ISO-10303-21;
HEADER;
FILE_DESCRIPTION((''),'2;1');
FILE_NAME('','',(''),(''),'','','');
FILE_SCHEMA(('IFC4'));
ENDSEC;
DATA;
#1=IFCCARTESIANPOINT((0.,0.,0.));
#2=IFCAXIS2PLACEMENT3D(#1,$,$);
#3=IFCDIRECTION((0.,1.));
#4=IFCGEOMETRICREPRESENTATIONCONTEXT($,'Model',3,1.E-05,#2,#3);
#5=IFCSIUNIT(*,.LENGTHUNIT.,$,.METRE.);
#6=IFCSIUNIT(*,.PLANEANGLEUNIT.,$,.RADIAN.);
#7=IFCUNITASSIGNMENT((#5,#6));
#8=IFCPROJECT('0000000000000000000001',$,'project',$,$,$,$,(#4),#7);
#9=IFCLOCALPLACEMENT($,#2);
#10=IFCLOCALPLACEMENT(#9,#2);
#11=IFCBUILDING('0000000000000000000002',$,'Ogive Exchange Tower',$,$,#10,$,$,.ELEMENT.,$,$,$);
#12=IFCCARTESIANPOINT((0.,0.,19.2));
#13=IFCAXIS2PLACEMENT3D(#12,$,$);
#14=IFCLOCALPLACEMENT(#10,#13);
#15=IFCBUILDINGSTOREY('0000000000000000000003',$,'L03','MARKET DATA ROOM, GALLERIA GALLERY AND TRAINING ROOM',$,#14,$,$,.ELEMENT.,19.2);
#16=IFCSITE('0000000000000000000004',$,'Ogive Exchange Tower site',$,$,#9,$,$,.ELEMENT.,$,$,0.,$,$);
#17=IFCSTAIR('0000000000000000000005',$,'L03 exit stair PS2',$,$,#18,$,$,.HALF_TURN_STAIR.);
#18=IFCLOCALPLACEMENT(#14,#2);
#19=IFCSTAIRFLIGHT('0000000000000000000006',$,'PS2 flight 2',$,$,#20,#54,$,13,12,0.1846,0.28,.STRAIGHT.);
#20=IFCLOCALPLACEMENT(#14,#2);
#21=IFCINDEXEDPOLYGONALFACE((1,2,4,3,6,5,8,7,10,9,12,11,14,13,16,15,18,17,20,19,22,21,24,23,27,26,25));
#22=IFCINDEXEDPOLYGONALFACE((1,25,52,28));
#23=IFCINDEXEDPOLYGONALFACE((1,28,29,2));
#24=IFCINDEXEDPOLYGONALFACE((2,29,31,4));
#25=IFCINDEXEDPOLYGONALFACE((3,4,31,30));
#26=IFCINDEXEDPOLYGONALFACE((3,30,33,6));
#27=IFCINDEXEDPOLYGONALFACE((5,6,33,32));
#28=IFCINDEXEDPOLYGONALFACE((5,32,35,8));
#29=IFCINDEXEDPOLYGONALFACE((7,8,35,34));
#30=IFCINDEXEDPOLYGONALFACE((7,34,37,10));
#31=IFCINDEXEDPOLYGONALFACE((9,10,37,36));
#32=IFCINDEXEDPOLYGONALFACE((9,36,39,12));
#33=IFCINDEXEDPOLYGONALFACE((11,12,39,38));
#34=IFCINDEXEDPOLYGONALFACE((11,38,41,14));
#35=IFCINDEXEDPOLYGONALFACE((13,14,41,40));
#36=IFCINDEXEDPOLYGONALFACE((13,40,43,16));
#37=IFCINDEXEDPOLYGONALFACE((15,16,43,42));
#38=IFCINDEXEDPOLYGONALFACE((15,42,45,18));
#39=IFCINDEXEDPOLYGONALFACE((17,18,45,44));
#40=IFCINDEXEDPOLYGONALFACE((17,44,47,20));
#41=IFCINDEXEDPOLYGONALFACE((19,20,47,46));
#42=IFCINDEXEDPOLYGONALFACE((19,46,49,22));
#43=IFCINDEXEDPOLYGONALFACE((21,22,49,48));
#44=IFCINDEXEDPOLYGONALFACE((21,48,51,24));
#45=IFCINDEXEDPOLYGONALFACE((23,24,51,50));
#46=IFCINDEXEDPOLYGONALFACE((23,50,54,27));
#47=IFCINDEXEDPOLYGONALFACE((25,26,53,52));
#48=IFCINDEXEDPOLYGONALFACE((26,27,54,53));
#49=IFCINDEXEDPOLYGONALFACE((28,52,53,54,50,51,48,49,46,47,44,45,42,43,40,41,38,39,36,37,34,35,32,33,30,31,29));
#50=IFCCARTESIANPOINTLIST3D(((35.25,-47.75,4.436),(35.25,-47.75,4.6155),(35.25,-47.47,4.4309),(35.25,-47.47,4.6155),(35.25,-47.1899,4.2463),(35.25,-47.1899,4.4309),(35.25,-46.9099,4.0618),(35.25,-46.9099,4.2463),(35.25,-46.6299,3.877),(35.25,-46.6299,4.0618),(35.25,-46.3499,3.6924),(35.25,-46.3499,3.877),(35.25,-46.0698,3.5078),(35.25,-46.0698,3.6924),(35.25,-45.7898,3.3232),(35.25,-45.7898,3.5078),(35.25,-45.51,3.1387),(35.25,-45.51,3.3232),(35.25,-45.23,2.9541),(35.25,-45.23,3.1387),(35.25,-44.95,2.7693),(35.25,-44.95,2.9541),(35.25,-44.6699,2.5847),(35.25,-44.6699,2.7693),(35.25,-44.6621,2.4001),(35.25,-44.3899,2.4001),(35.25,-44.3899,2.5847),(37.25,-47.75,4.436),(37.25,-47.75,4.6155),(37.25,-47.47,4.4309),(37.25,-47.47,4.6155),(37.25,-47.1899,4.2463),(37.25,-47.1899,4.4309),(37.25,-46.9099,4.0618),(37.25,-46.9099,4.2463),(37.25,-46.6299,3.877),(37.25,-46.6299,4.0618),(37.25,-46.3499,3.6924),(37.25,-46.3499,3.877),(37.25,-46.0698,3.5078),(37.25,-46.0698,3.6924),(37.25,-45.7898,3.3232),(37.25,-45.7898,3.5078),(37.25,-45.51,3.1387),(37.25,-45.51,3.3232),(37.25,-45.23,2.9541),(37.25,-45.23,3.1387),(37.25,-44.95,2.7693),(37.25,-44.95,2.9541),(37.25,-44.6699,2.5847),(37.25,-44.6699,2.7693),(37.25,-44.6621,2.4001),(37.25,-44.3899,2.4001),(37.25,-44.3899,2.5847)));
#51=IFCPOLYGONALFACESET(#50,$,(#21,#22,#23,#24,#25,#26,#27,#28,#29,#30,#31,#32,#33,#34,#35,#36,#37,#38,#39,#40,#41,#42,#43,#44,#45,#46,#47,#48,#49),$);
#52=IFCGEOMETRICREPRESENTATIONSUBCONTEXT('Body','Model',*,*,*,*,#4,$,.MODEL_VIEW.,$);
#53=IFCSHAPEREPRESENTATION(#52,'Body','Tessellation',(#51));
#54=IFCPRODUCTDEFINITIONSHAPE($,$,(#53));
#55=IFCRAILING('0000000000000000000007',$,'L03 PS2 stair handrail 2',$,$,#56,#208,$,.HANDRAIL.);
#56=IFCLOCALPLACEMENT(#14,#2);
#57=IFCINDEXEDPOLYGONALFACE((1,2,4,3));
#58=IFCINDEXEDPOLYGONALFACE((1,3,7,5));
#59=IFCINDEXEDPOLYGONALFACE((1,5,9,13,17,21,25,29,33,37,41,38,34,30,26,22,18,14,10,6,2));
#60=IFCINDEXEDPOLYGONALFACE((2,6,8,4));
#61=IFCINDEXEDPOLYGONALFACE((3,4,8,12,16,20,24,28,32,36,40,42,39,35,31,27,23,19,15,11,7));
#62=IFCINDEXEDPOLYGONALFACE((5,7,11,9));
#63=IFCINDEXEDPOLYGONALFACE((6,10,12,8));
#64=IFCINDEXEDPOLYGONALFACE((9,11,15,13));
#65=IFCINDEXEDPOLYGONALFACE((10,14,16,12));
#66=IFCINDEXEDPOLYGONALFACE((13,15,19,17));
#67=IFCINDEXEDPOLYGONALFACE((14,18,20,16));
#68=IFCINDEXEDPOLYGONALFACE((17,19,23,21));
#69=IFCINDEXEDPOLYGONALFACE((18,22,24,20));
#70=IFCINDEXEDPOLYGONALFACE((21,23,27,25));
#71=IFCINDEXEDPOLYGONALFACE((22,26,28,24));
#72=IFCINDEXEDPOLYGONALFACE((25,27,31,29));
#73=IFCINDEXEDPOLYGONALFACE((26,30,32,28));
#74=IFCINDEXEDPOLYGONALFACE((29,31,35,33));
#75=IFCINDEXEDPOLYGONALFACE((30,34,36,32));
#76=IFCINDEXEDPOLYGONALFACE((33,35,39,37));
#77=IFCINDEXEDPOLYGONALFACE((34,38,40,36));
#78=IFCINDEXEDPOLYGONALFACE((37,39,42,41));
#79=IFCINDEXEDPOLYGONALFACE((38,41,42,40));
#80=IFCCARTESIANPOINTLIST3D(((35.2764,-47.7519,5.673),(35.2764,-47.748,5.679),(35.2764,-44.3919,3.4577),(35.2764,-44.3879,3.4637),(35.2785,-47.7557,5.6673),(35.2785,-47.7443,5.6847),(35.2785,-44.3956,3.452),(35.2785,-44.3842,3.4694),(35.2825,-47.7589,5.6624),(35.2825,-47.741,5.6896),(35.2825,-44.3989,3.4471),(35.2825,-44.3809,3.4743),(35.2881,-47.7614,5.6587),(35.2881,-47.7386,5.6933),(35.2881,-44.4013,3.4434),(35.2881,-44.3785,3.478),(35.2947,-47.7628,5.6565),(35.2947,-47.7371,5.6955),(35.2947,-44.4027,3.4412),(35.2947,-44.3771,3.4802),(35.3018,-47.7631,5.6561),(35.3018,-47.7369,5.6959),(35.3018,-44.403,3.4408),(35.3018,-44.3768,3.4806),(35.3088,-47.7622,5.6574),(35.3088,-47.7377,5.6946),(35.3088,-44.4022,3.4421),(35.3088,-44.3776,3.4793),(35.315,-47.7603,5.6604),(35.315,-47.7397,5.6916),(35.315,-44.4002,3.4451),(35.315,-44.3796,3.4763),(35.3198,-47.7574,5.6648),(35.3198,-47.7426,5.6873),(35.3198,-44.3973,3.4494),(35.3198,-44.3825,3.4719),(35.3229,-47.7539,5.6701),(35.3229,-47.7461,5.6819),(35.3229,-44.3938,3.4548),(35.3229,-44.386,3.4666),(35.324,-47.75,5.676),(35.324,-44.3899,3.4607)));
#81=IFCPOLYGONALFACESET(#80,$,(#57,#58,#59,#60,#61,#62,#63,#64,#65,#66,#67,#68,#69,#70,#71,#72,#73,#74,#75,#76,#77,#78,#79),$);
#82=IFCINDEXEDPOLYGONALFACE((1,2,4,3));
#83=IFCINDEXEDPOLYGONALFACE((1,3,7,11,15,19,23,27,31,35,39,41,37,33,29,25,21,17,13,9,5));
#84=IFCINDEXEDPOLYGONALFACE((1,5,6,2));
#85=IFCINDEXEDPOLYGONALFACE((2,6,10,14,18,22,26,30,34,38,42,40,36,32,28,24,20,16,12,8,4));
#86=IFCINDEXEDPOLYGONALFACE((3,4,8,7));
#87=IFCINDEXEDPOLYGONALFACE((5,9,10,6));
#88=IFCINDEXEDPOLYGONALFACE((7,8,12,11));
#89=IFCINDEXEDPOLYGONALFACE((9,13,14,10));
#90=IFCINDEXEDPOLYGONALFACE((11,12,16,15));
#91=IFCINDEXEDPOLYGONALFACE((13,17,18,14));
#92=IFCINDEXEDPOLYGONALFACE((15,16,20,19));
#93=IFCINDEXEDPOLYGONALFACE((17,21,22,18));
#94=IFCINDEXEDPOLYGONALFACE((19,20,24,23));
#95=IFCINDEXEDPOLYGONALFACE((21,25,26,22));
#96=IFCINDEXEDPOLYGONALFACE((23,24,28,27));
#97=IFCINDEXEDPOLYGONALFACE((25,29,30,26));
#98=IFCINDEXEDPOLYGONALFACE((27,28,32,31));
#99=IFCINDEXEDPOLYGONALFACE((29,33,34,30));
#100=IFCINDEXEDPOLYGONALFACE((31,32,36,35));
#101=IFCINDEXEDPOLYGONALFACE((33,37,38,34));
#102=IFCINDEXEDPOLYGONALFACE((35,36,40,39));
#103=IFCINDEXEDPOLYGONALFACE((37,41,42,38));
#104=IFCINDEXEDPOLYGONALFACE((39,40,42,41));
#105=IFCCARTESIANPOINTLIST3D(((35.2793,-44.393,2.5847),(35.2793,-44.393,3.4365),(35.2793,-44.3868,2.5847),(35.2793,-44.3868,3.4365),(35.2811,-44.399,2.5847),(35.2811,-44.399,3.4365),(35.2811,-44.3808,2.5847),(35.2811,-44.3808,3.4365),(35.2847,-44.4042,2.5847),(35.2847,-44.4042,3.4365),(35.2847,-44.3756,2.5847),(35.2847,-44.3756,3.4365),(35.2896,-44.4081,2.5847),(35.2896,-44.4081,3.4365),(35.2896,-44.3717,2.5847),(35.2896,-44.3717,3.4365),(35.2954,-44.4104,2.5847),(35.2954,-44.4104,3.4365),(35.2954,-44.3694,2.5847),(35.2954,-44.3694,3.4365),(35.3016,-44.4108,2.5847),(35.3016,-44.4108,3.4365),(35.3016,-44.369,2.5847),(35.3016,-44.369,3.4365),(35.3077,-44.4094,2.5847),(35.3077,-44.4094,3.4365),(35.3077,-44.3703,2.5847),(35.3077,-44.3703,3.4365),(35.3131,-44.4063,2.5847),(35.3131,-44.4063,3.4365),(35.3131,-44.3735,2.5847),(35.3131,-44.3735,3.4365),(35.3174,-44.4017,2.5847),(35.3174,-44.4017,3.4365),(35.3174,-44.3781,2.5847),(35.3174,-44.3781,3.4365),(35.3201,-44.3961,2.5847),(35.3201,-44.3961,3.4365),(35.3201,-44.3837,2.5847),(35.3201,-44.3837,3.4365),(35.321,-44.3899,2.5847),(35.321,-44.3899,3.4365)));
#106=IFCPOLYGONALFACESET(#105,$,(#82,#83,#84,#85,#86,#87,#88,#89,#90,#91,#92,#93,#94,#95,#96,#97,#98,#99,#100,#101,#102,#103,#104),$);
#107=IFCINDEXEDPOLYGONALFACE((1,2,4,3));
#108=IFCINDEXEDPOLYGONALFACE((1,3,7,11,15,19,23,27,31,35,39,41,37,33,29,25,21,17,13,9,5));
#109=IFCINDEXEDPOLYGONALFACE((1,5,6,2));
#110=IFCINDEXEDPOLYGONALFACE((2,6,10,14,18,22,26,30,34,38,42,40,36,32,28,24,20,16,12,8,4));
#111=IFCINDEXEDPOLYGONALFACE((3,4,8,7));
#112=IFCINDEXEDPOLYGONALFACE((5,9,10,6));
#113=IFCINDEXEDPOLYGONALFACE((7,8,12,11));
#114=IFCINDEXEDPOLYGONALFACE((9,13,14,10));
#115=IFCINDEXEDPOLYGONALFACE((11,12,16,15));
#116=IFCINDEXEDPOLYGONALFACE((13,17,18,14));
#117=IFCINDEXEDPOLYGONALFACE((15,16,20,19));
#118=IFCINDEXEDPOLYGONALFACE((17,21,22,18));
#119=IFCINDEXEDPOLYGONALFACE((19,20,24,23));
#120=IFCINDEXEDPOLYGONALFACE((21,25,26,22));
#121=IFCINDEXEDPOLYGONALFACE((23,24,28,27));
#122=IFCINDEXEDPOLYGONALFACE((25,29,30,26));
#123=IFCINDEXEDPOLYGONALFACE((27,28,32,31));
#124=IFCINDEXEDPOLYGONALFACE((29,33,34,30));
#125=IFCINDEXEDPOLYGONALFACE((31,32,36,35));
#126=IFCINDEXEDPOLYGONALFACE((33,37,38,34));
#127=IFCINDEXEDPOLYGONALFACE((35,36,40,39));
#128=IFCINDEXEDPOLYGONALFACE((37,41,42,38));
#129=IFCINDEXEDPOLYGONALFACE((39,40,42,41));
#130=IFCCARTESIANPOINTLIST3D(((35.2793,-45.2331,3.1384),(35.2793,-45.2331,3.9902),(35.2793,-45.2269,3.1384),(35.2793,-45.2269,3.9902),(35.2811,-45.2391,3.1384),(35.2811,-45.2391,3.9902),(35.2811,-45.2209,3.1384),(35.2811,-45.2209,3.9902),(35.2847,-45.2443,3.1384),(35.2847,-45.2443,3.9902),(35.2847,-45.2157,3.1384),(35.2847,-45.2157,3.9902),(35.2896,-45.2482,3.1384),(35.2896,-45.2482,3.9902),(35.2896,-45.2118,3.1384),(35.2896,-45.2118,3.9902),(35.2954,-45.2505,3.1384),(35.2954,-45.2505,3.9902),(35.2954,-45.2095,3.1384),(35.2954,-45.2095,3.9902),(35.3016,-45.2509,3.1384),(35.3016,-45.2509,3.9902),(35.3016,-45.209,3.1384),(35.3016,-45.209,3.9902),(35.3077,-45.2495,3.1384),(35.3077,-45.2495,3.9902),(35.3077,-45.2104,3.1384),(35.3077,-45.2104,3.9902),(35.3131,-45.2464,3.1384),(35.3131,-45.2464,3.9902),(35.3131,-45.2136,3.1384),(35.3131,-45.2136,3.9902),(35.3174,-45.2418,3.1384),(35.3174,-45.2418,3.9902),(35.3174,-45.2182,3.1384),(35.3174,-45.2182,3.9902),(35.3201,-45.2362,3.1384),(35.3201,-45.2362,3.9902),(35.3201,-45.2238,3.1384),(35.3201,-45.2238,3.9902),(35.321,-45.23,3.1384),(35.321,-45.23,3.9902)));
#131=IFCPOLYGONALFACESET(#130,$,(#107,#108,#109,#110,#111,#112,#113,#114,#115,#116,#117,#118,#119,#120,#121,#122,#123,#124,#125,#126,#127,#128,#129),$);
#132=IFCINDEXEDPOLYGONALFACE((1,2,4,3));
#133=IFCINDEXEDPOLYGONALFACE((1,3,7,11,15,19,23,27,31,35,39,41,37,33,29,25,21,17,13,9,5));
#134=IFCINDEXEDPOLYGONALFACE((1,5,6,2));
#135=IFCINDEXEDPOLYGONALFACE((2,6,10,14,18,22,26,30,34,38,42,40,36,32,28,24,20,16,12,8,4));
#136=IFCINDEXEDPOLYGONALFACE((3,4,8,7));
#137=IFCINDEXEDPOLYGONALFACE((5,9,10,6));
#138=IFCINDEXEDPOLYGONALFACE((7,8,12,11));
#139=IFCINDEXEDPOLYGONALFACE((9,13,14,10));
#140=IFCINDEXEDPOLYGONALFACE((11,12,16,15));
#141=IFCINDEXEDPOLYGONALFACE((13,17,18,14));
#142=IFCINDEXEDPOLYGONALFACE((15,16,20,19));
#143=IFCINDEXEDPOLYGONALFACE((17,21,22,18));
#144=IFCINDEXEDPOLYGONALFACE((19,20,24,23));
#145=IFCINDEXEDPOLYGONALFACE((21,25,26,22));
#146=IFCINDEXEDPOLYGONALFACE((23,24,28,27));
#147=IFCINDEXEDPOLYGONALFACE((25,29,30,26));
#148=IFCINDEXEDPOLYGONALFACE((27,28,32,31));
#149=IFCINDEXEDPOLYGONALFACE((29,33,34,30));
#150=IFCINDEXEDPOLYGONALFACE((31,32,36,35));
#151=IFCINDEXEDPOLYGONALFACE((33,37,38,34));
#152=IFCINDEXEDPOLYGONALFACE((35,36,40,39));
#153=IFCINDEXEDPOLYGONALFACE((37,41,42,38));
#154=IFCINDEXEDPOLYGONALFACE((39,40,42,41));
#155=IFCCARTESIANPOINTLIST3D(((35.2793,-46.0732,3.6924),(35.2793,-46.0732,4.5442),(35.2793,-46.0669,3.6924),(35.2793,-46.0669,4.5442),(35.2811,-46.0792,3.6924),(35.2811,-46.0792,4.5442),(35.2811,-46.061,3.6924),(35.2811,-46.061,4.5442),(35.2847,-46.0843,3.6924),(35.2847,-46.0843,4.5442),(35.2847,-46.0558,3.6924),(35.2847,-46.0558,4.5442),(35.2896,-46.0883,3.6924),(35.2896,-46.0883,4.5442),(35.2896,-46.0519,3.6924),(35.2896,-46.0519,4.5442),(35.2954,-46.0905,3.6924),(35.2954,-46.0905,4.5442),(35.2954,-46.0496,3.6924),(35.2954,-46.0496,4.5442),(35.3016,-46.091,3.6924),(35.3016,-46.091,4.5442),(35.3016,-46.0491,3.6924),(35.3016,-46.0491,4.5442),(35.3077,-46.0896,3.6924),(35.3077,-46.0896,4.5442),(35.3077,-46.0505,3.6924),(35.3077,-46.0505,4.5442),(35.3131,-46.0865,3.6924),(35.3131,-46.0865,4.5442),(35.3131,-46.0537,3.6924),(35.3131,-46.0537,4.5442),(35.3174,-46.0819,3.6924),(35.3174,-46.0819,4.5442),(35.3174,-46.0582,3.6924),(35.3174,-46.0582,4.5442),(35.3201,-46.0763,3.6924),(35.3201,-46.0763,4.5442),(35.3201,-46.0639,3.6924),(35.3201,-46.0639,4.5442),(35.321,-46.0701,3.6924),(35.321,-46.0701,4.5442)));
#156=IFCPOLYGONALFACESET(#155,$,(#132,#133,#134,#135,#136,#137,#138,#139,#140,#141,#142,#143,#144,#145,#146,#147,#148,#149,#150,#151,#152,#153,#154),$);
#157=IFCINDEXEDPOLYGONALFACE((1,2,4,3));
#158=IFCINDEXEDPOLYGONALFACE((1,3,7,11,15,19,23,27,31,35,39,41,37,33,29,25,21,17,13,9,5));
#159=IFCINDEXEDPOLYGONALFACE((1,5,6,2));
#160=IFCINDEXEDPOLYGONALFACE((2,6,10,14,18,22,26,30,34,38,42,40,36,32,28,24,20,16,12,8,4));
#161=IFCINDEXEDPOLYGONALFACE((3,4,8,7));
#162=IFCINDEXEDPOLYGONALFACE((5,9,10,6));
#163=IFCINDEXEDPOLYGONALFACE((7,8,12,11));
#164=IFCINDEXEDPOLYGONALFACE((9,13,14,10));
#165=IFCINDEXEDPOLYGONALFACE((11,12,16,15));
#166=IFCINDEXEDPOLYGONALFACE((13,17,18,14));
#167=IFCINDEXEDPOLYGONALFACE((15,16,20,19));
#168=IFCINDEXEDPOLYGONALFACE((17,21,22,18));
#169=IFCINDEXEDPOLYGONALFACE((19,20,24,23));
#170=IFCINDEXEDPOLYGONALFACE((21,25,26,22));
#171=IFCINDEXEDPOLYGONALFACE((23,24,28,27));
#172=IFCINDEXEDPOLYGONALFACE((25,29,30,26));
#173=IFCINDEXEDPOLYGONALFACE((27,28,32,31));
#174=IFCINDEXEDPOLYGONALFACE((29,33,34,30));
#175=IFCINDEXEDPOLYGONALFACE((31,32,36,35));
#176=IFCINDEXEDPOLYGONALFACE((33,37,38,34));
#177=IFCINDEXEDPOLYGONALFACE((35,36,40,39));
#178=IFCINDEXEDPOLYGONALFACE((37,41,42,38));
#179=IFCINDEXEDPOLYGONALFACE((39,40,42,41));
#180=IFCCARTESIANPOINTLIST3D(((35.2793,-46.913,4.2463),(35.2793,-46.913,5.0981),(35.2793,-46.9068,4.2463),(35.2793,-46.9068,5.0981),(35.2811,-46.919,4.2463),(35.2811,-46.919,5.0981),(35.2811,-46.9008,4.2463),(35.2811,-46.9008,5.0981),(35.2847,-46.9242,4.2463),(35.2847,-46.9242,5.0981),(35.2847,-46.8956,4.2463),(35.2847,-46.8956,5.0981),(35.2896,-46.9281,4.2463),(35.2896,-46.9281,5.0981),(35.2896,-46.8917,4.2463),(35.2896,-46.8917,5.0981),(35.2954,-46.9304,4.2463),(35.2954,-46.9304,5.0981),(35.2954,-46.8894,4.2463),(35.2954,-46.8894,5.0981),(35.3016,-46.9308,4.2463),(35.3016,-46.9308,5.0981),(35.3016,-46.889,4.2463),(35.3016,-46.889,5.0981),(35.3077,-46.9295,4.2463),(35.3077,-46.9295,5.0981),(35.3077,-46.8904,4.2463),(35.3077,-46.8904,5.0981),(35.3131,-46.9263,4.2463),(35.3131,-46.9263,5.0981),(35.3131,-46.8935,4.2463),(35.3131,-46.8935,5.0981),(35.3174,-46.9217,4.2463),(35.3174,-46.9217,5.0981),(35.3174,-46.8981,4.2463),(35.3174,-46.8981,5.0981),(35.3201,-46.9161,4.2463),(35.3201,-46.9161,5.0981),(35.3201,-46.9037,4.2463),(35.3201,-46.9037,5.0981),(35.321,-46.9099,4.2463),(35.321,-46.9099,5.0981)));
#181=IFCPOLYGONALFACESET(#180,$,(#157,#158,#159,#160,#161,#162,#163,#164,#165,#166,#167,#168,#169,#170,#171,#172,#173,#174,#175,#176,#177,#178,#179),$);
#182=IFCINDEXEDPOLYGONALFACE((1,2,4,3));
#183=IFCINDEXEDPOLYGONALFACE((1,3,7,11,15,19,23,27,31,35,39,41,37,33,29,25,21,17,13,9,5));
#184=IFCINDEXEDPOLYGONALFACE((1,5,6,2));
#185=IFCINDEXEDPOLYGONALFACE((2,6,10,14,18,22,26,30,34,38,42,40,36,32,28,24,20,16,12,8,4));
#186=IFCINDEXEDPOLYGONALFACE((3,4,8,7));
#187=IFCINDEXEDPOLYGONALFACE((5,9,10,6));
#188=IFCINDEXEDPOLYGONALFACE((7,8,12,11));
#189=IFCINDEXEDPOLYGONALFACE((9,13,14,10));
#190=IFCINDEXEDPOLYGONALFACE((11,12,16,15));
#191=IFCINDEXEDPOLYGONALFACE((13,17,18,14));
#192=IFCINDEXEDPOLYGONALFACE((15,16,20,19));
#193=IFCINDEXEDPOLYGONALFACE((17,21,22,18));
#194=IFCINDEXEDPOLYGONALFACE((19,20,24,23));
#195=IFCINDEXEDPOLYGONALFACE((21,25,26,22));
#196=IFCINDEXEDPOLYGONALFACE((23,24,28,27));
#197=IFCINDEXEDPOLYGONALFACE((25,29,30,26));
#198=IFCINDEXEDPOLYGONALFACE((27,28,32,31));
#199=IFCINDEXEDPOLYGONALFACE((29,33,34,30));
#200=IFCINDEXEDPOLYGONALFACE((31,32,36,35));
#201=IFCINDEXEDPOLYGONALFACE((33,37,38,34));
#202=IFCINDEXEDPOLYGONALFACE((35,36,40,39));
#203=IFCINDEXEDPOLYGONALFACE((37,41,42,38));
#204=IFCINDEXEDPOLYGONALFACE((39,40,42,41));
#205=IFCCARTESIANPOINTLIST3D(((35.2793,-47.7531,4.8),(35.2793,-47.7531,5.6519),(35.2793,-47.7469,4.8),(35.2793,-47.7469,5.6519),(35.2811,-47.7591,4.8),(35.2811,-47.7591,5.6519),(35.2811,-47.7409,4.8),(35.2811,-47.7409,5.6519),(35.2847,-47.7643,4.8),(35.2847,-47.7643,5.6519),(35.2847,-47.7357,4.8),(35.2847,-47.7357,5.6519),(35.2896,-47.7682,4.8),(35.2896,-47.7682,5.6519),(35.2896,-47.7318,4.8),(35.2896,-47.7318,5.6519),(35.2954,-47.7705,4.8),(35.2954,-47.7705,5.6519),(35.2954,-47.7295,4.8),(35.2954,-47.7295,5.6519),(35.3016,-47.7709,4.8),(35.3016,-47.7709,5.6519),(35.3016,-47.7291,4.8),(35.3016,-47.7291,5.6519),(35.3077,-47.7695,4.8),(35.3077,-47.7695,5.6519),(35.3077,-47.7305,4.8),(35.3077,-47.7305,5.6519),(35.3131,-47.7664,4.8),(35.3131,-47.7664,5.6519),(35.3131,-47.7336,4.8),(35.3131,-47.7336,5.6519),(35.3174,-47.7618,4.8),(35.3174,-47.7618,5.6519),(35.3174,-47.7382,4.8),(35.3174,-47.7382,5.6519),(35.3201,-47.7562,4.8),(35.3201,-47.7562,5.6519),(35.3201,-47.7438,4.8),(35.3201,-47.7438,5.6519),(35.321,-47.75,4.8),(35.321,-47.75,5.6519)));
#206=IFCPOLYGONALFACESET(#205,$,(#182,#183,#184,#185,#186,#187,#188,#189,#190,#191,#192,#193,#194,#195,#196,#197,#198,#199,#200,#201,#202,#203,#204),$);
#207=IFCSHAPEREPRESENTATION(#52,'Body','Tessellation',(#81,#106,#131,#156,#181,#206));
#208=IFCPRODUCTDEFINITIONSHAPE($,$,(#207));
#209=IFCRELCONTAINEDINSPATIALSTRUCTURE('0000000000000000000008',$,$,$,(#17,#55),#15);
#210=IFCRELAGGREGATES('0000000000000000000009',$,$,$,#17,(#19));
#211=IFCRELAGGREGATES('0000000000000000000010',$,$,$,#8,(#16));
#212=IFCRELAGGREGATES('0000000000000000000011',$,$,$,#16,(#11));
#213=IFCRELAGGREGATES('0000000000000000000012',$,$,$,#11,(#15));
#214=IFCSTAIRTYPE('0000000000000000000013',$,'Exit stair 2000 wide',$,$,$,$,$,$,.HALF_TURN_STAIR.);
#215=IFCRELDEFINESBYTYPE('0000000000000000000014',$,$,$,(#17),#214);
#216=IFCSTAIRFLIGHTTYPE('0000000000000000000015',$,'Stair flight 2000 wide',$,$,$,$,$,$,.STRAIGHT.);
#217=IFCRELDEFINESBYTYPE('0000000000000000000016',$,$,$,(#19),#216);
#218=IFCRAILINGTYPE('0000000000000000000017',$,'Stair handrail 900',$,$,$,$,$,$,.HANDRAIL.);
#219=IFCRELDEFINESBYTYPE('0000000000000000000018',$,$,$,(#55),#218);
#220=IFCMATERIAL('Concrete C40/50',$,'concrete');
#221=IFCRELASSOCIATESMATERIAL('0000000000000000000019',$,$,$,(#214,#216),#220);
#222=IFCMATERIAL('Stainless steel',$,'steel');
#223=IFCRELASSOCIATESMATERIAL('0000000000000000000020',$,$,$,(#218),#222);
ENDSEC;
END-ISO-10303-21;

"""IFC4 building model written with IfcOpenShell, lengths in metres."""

from ifc_helpers import new_model, si_unit, direction, frame, origin, origin_2d, place, context, subcontext, project, spatial, polyline, circle, outline, extrude, material, type_object, element, aggregate, save


model = new_model("IFC4")

# Units and contexts
model_context = context("Model", 3, precision=1e-05, world=origin(), true_north=direction((0.0, 1.0)))
body_context = subcontext(model_context, "Body", "Model", "MODEL_VIEW")
ifc_project = project(units=[si_unit("LENGTHUNIT", "METRE"), si_unit("PLANEANGLEUNIT", "RADIAN")], contexts=[model_context])

# Site, building, storey
site_placement = place(None, origin())
site = spatial("IfcSite", under=ifc_project, at=site_placement, Name="Ogive Exchange Tower site", CompositionType="ELEMENT", RefElevation=0.0)
building_placement = place(site_placement, origin())
building = spatial("IfcBuilding", under=site, at=building_placement, Name="Ogive Exchange Tower", CompositionType="ELEMENT")
storey_placement = place(building_placement, frame((0.0, 0.0, 19.2)))
storey = spatial("IfcBuildingStorey", under=building, at=storey_placement, Name="L03", Description="MARKET DATA ROOM, GALLERIA GALLERY AND TRAINING ROOM", CompositionType="ELEMENT", Elevation=19.2)

# Stair, stair flight
ifc_material_1 = material(Name="Concrete C40/50", Category="concrete")
stair_type = type_object("IfcStairType", Name="Exit stair 2000 wide", PredefinedType="HALF_TURN_STAIR", material=ifc_material_1)
stair_placement = place(storey_placement, origin())
stair = element("IfcStair", 1, at=stair_placement, inside=storey, type_object=stair_type, Name="L03 exit stair PS2", PredefinedType="HALF_TURN_STAIR")
stair_flight_type = type_object("IfcStairFlightType", Name="Stair flight 2000 wide", PredefinedType="STRAIGHT", material=ifc_material_1)
stair_flight_placement = place(storey_placement, frame((36.25, -44.3899, 2.4001), z_axis=(0.0, 0.0, 1.0), x_axis=(0.0, -1.0, 0.0)))
stair_flight = element("IfcStairFlight", 2, at=stair_flight_placement, type_object=stair_flight_type, Name="PS2 flight 2", NumberOfRisers=13, NumberOfTreads=12, PredefinedType="STRAIGHT", RiserHeight=0.1846, TreadLength=0.28, context=body_context, shape_type="SweptSolid", body=[
    extrude(outline(polyline([(0.0, 0.0), (0.0, 0.1846), (0.28, 0.1846), (0.28, 0.3691), (0.5601, 0.3691), (0.5601, 0.554), (0.8401, 0.554), (0.8401, 0.7385), (1.1201, 0.7385), (1.1201, 0.9231), (1.3999, 0.9231), (1.3999, 1.1077), (1.6799, 1.1077), (1.6799, 1.2922), (1.96, 1.2922), (1.96, 1.4768), (2.24, 1.4768), (2.24, 1.6616), (2.52, 1.6616), (2.52, 1.8462), (2.8, 1.8462), (2.8, 2.0308), (3.0801, 2.0308), (3.0801, 2.2153), (3.3601, 2.2153), (3.3601, 2.3999), (3.3601, 2.0359), (0.2722, 0.0), (0.0, 0.0)])), frame((0.0, 1.0, 0.0), z_axis=(0.0, -1.0, 0.0), x_axis=(1.0, 0.0, 0.0)), (0.0, 0.0, 1.0), 2.0),
])
aggregate(stair, [stair_flight])

# Railing
ifc_material_2 = material(Name="Stainless steel", Category="steel")
railing_type = type_object("IfcRailingType", Name="Stair handrail 900", PredefinedType="HANDRAIL", material=ifc_material_2)
railing_placement = place(storey_placement, frame((35.3, -44.3899, 2.5847)))
element("IfcRailing", 3, at=railing_placement, inside=storey, type_object=railing_type, Name="L03 PS2 stair handrail 2", PredefinedType="HANDRAIL", context=body_context, shape_type="SweptSolid", body=[
    extrude(circle(Radius=0.0239, at=origin_2d()), frame((0.0, 0.0, 0.876), z_axis=(0.0, -0.834876, 0.550437), x_axis=(1.0, 0.0, 0.0)), (0.0, 0.0, 1.0), 4.0247),
    extrude(circle(Radius=0.021, at=origin_2d()), origin(), (0.0, 0.0, 1.0), 0.8518),
    extrude(circle(Radius=0.021, at=origin_2d()), frame((0.0, -0.8401, 0.5537)), (0.0, 0.0, 1.0), 0.8518),
    extrude(circle(Radius=0.021, at=origin_2d()), frame((0.0, -1.6802, 1.1077)), (0.0, 0.0, 1.0), 0.8518),
    extrude(circle(Radius=0.021, at=origin_2d()), frame((0.0, -2.52, 1.6616)), (0.0, 0.0, 1.0), 0.8518),
    extrude(circle(Radius=0.021, at=origin_2d()), frame((0.0, -3.3601, 2.2153)), (0.0, 0.0, 1.0), 0.8518),
])

save(model, "model.ifc")
